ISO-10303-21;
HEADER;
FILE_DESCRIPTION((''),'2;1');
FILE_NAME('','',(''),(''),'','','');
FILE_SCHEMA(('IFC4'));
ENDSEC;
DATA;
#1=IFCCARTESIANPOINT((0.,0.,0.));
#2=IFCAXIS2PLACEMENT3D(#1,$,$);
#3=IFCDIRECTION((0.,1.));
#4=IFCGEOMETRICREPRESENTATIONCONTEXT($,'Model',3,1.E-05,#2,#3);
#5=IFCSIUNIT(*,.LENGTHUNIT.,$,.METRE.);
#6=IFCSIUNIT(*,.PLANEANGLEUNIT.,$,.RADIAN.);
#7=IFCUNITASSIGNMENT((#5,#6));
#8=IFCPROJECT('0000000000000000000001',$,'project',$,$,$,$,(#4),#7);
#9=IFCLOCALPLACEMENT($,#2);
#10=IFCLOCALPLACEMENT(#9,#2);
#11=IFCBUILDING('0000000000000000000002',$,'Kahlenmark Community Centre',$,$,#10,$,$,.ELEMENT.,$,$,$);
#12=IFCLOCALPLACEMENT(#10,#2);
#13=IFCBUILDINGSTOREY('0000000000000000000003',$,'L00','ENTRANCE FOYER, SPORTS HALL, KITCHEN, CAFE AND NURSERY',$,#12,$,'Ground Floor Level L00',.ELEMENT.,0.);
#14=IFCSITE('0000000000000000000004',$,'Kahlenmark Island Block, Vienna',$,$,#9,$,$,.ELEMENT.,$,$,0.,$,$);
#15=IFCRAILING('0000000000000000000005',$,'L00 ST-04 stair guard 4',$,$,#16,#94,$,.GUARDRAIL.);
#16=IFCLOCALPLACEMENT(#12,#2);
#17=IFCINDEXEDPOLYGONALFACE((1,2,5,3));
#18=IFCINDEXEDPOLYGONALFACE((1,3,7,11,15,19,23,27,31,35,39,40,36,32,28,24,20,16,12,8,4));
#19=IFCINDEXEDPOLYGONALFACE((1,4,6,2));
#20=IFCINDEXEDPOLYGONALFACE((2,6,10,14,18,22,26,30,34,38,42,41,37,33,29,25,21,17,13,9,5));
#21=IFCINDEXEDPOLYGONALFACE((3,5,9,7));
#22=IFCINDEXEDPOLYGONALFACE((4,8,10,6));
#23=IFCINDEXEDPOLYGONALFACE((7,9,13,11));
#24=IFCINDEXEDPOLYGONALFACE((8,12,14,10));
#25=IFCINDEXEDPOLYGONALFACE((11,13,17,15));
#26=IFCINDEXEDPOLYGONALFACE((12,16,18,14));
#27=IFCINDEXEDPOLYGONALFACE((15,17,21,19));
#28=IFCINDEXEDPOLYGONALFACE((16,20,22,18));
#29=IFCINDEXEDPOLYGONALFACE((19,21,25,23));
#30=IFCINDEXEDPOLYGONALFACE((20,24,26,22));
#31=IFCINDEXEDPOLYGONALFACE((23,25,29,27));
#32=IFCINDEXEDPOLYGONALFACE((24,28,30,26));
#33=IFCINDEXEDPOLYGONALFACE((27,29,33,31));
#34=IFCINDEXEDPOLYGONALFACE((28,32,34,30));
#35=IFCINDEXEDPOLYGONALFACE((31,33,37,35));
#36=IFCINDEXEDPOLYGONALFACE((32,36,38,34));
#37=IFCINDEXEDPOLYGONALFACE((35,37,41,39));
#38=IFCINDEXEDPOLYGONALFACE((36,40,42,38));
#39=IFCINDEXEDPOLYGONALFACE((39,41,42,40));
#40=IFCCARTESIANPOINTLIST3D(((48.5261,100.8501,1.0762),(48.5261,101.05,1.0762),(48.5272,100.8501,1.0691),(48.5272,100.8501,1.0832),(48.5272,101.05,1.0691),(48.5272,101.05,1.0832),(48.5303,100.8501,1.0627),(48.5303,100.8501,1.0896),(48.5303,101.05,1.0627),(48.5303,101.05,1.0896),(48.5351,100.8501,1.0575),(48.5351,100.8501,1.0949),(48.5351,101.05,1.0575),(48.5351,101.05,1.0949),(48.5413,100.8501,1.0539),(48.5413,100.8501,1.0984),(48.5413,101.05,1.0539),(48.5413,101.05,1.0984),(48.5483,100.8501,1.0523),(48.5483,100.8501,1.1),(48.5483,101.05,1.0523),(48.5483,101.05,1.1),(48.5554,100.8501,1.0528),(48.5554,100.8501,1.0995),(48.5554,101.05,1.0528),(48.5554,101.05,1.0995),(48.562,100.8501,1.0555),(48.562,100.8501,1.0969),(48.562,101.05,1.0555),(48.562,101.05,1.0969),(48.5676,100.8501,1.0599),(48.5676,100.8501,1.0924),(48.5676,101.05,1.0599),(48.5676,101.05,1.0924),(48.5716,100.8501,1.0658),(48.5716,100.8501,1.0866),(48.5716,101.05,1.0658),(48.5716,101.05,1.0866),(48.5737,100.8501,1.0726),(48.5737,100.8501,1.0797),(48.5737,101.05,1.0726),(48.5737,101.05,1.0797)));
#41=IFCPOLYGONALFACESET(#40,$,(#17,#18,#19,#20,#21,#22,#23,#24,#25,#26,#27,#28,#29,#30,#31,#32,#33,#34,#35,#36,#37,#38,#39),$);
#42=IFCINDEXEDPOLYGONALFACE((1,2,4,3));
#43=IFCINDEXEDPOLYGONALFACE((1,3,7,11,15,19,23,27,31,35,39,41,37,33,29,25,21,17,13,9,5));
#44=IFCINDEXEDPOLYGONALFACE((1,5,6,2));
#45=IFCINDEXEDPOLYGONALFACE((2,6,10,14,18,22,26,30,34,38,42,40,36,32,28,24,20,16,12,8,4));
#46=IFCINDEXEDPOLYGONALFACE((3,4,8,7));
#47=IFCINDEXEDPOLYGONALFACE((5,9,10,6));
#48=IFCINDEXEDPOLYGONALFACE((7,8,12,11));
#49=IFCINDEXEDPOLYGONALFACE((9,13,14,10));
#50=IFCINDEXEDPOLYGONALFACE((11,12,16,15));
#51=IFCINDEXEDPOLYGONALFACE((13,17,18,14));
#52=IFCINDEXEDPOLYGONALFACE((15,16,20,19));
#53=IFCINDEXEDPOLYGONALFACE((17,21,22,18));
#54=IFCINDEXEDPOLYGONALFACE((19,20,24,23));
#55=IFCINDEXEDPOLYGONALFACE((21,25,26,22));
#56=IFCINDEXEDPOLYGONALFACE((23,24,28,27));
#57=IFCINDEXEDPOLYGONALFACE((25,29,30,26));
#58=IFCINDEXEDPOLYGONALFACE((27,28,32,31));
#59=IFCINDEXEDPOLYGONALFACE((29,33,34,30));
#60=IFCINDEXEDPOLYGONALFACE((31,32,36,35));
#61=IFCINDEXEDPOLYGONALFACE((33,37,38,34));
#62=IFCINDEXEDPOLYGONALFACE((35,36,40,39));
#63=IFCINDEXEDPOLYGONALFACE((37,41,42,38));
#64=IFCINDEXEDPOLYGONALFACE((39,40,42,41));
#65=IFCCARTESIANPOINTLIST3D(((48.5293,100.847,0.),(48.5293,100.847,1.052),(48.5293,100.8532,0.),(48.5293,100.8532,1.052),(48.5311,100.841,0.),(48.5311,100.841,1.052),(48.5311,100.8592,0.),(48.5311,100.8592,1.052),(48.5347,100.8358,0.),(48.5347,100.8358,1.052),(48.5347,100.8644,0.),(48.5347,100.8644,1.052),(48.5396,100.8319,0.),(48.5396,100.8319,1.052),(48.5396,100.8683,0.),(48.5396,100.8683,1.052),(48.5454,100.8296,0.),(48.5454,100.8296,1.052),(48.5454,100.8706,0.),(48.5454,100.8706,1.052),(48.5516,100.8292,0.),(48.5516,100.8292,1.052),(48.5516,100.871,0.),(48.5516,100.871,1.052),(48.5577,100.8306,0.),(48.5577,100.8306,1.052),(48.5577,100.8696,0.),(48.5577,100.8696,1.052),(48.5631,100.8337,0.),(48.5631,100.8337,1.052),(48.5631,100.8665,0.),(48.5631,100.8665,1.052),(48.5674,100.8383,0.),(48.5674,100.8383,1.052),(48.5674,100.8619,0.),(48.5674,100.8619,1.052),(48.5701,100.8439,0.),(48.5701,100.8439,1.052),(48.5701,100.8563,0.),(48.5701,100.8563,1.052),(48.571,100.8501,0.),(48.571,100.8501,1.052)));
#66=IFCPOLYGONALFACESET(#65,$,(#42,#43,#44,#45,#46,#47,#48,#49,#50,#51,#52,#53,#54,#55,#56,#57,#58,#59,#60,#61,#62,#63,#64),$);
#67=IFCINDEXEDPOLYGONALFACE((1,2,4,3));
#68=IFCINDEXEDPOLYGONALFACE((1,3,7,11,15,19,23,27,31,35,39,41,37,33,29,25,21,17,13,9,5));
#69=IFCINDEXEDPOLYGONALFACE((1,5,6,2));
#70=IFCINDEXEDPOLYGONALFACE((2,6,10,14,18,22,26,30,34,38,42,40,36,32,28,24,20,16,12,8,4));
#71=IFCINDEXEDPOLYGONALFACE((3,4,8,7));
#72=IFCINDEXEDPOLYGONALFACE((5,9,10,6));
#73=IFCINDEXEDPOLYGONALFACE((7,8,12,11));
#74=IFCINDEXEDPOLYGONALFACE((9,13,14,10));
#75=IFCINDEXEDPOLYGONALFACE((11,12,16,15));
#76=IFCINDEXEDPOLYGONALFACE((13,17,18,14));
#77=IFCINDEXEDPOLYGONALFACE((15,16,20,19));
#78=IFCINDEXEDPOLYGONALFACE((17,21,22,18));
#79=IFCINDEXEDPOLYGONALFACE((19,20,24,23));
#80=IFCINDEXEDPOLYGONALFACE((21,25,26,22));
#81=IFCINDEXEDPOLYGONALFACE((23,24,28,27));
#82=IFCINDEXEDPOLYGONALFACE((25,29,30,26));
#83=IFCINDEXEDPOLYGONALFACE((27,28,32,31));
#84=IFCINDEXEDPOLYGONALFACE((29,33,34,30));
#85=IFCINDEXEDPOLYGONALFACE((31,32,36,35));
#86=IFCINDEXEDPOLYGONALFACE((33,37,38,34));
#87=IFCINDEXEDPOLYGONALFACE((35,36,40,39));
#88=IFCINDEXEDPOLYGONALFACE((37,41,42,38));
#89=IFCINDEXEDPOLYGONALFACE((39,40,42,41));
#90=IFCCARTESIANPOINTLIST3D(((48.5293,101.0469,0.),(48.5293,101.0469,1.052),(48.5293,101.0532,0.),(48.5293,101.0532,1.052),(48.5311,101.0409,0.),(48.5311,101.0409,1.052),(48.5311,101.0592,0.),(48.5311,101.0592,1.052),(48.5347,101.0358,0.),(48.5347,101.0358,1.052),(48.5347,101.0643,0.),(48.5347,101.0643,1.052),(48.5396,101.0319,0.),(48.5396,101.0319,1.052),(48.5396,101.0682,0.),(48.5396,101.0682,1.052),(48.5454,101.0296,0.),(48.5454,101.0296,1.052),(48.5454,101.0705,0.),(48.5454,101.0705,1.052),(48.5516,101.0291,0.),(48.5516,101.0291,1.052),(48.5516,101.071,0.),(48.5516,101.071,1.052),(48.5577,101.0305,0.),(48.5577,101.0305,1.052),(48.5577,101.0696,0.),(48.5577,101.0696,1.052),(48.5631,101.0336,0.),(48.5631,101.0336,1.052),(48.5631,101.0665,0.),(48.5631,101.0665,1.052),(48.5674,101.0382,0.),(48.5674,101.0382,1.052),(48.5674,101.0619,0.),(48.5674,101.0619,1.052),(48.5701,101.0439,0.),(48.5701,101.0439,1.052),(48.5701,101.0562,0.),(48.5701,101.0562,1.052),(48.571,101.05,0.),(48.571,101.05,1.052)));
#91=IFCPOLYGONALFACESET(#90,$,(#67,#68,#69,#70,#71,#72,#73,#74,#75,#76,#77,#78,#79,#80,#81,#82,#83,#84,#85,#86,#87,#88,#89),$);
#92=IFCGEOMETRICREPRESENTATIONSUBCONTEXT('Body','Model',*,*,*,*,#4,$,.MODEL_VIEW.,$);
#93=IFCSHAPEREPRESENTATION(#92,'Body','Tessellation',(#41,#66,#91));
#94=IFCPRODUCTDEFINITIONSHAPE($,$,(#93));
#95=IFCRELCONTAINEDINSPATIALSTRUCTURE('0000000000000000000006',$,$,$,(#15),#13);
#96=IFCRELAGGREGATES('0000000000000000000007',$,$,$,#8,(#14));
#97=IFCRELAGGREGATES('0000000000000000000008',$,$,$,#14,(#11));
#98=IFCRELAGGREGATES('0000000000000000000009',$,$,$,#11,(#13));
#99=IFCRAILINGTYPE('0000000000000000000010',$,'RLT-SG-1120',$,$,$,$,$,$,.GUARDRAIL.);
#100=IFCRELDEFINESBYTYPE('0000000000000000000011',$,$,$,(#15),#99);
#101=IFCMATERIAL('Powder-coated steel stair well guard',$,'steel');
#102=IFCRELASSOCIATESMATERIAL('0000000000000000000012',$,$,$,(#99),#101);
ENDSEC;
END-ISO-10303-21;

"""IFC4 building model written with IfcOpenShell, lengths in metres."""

from ifc_helpers import new_model, si_unit, direction, frame, origin, origin_2d, place, context, subcontext, project, spatial, circle, extrude, material, type_object, element, save


model = new_model("IFC4")

# Units and contexts
model_context = context("Model", 3, precision=1e-05, world=origin(), true_north=direction((0.0, 1.0)))
body_context = subcontext(model_context, "Body", "Model", "MODEL_VIEW")
ifc_project = project(units=[si_unit("LENGTHUNIT", "METRE"), si_unit("PLANEANGLEUNIT", "RADIAN")], contexts=[model_context])

# Site, building, storey
site_placement = place(None, origin())
site = spatial("IfcSite", under=ifc_project, at=site_placement, Name="Kahlenmark Island Block, Vienna", CompositionType="ELEMENT", RefElevation=0.0)
building_placement = place(site_placement, origin())
building = spatial("IfcBuilding", under=site, at=building_placement, Name="Kahlenmark Community Centre", CompositionType="ELEMENT")
storey_placement = place(building_placement, origin())
storey = spatial("IfcBuildingStorey", under=building, at=storey_placement, Name="L00", Description="ENTRANCE FOYER, SPORTS HALL, KITCHEN, CAFE AND NURSERY", LongName="Ground Floor Level L00", CompositionType="ELEMENT", Elevation=0.0)

# Railing
ifc_material_1 = material(Name="Powder-coated steel stair well guard", Category="steel")
railing_type_1 = type_object("IfcRailingType", Name="RLT-SG-1120", PredefinedType="GUARDRAIL", material=ifc_material_1)
railing_1_placement = place(storey_placement, frame((48.55, 100.8501, 0.0)))
element("IfcRailing", 1, at=railing_1_placement, inside=storey, type_object=railing_type_1, Name="L00 ST-04 stair guard 4", PredefinedType="GUARDRAIL", context=body_context, shape_type="SweptSolid", body=[
    extrude(circle(Radius=0.0239, at=origin_2d()), frame((0.0, 0.0, 1.0762), z_axis=(0.0, 1.0, 0.0), x_axis=(-1.0, 0.0, 0.0)), (0.0, 0.0, 1.0), 0.2),
    extrude(circle(Radius=0.021, at=origin_2d()), origin(), (0.0, 0.0, 1.0), 1.052),
    extrude(circle(Radius=0.021, at=origin_2d()), frame((0.0, 0.2, 0.0)), (0.0, 0.0, 1.0), 1.052),
])

save(model, "model.ifc")
